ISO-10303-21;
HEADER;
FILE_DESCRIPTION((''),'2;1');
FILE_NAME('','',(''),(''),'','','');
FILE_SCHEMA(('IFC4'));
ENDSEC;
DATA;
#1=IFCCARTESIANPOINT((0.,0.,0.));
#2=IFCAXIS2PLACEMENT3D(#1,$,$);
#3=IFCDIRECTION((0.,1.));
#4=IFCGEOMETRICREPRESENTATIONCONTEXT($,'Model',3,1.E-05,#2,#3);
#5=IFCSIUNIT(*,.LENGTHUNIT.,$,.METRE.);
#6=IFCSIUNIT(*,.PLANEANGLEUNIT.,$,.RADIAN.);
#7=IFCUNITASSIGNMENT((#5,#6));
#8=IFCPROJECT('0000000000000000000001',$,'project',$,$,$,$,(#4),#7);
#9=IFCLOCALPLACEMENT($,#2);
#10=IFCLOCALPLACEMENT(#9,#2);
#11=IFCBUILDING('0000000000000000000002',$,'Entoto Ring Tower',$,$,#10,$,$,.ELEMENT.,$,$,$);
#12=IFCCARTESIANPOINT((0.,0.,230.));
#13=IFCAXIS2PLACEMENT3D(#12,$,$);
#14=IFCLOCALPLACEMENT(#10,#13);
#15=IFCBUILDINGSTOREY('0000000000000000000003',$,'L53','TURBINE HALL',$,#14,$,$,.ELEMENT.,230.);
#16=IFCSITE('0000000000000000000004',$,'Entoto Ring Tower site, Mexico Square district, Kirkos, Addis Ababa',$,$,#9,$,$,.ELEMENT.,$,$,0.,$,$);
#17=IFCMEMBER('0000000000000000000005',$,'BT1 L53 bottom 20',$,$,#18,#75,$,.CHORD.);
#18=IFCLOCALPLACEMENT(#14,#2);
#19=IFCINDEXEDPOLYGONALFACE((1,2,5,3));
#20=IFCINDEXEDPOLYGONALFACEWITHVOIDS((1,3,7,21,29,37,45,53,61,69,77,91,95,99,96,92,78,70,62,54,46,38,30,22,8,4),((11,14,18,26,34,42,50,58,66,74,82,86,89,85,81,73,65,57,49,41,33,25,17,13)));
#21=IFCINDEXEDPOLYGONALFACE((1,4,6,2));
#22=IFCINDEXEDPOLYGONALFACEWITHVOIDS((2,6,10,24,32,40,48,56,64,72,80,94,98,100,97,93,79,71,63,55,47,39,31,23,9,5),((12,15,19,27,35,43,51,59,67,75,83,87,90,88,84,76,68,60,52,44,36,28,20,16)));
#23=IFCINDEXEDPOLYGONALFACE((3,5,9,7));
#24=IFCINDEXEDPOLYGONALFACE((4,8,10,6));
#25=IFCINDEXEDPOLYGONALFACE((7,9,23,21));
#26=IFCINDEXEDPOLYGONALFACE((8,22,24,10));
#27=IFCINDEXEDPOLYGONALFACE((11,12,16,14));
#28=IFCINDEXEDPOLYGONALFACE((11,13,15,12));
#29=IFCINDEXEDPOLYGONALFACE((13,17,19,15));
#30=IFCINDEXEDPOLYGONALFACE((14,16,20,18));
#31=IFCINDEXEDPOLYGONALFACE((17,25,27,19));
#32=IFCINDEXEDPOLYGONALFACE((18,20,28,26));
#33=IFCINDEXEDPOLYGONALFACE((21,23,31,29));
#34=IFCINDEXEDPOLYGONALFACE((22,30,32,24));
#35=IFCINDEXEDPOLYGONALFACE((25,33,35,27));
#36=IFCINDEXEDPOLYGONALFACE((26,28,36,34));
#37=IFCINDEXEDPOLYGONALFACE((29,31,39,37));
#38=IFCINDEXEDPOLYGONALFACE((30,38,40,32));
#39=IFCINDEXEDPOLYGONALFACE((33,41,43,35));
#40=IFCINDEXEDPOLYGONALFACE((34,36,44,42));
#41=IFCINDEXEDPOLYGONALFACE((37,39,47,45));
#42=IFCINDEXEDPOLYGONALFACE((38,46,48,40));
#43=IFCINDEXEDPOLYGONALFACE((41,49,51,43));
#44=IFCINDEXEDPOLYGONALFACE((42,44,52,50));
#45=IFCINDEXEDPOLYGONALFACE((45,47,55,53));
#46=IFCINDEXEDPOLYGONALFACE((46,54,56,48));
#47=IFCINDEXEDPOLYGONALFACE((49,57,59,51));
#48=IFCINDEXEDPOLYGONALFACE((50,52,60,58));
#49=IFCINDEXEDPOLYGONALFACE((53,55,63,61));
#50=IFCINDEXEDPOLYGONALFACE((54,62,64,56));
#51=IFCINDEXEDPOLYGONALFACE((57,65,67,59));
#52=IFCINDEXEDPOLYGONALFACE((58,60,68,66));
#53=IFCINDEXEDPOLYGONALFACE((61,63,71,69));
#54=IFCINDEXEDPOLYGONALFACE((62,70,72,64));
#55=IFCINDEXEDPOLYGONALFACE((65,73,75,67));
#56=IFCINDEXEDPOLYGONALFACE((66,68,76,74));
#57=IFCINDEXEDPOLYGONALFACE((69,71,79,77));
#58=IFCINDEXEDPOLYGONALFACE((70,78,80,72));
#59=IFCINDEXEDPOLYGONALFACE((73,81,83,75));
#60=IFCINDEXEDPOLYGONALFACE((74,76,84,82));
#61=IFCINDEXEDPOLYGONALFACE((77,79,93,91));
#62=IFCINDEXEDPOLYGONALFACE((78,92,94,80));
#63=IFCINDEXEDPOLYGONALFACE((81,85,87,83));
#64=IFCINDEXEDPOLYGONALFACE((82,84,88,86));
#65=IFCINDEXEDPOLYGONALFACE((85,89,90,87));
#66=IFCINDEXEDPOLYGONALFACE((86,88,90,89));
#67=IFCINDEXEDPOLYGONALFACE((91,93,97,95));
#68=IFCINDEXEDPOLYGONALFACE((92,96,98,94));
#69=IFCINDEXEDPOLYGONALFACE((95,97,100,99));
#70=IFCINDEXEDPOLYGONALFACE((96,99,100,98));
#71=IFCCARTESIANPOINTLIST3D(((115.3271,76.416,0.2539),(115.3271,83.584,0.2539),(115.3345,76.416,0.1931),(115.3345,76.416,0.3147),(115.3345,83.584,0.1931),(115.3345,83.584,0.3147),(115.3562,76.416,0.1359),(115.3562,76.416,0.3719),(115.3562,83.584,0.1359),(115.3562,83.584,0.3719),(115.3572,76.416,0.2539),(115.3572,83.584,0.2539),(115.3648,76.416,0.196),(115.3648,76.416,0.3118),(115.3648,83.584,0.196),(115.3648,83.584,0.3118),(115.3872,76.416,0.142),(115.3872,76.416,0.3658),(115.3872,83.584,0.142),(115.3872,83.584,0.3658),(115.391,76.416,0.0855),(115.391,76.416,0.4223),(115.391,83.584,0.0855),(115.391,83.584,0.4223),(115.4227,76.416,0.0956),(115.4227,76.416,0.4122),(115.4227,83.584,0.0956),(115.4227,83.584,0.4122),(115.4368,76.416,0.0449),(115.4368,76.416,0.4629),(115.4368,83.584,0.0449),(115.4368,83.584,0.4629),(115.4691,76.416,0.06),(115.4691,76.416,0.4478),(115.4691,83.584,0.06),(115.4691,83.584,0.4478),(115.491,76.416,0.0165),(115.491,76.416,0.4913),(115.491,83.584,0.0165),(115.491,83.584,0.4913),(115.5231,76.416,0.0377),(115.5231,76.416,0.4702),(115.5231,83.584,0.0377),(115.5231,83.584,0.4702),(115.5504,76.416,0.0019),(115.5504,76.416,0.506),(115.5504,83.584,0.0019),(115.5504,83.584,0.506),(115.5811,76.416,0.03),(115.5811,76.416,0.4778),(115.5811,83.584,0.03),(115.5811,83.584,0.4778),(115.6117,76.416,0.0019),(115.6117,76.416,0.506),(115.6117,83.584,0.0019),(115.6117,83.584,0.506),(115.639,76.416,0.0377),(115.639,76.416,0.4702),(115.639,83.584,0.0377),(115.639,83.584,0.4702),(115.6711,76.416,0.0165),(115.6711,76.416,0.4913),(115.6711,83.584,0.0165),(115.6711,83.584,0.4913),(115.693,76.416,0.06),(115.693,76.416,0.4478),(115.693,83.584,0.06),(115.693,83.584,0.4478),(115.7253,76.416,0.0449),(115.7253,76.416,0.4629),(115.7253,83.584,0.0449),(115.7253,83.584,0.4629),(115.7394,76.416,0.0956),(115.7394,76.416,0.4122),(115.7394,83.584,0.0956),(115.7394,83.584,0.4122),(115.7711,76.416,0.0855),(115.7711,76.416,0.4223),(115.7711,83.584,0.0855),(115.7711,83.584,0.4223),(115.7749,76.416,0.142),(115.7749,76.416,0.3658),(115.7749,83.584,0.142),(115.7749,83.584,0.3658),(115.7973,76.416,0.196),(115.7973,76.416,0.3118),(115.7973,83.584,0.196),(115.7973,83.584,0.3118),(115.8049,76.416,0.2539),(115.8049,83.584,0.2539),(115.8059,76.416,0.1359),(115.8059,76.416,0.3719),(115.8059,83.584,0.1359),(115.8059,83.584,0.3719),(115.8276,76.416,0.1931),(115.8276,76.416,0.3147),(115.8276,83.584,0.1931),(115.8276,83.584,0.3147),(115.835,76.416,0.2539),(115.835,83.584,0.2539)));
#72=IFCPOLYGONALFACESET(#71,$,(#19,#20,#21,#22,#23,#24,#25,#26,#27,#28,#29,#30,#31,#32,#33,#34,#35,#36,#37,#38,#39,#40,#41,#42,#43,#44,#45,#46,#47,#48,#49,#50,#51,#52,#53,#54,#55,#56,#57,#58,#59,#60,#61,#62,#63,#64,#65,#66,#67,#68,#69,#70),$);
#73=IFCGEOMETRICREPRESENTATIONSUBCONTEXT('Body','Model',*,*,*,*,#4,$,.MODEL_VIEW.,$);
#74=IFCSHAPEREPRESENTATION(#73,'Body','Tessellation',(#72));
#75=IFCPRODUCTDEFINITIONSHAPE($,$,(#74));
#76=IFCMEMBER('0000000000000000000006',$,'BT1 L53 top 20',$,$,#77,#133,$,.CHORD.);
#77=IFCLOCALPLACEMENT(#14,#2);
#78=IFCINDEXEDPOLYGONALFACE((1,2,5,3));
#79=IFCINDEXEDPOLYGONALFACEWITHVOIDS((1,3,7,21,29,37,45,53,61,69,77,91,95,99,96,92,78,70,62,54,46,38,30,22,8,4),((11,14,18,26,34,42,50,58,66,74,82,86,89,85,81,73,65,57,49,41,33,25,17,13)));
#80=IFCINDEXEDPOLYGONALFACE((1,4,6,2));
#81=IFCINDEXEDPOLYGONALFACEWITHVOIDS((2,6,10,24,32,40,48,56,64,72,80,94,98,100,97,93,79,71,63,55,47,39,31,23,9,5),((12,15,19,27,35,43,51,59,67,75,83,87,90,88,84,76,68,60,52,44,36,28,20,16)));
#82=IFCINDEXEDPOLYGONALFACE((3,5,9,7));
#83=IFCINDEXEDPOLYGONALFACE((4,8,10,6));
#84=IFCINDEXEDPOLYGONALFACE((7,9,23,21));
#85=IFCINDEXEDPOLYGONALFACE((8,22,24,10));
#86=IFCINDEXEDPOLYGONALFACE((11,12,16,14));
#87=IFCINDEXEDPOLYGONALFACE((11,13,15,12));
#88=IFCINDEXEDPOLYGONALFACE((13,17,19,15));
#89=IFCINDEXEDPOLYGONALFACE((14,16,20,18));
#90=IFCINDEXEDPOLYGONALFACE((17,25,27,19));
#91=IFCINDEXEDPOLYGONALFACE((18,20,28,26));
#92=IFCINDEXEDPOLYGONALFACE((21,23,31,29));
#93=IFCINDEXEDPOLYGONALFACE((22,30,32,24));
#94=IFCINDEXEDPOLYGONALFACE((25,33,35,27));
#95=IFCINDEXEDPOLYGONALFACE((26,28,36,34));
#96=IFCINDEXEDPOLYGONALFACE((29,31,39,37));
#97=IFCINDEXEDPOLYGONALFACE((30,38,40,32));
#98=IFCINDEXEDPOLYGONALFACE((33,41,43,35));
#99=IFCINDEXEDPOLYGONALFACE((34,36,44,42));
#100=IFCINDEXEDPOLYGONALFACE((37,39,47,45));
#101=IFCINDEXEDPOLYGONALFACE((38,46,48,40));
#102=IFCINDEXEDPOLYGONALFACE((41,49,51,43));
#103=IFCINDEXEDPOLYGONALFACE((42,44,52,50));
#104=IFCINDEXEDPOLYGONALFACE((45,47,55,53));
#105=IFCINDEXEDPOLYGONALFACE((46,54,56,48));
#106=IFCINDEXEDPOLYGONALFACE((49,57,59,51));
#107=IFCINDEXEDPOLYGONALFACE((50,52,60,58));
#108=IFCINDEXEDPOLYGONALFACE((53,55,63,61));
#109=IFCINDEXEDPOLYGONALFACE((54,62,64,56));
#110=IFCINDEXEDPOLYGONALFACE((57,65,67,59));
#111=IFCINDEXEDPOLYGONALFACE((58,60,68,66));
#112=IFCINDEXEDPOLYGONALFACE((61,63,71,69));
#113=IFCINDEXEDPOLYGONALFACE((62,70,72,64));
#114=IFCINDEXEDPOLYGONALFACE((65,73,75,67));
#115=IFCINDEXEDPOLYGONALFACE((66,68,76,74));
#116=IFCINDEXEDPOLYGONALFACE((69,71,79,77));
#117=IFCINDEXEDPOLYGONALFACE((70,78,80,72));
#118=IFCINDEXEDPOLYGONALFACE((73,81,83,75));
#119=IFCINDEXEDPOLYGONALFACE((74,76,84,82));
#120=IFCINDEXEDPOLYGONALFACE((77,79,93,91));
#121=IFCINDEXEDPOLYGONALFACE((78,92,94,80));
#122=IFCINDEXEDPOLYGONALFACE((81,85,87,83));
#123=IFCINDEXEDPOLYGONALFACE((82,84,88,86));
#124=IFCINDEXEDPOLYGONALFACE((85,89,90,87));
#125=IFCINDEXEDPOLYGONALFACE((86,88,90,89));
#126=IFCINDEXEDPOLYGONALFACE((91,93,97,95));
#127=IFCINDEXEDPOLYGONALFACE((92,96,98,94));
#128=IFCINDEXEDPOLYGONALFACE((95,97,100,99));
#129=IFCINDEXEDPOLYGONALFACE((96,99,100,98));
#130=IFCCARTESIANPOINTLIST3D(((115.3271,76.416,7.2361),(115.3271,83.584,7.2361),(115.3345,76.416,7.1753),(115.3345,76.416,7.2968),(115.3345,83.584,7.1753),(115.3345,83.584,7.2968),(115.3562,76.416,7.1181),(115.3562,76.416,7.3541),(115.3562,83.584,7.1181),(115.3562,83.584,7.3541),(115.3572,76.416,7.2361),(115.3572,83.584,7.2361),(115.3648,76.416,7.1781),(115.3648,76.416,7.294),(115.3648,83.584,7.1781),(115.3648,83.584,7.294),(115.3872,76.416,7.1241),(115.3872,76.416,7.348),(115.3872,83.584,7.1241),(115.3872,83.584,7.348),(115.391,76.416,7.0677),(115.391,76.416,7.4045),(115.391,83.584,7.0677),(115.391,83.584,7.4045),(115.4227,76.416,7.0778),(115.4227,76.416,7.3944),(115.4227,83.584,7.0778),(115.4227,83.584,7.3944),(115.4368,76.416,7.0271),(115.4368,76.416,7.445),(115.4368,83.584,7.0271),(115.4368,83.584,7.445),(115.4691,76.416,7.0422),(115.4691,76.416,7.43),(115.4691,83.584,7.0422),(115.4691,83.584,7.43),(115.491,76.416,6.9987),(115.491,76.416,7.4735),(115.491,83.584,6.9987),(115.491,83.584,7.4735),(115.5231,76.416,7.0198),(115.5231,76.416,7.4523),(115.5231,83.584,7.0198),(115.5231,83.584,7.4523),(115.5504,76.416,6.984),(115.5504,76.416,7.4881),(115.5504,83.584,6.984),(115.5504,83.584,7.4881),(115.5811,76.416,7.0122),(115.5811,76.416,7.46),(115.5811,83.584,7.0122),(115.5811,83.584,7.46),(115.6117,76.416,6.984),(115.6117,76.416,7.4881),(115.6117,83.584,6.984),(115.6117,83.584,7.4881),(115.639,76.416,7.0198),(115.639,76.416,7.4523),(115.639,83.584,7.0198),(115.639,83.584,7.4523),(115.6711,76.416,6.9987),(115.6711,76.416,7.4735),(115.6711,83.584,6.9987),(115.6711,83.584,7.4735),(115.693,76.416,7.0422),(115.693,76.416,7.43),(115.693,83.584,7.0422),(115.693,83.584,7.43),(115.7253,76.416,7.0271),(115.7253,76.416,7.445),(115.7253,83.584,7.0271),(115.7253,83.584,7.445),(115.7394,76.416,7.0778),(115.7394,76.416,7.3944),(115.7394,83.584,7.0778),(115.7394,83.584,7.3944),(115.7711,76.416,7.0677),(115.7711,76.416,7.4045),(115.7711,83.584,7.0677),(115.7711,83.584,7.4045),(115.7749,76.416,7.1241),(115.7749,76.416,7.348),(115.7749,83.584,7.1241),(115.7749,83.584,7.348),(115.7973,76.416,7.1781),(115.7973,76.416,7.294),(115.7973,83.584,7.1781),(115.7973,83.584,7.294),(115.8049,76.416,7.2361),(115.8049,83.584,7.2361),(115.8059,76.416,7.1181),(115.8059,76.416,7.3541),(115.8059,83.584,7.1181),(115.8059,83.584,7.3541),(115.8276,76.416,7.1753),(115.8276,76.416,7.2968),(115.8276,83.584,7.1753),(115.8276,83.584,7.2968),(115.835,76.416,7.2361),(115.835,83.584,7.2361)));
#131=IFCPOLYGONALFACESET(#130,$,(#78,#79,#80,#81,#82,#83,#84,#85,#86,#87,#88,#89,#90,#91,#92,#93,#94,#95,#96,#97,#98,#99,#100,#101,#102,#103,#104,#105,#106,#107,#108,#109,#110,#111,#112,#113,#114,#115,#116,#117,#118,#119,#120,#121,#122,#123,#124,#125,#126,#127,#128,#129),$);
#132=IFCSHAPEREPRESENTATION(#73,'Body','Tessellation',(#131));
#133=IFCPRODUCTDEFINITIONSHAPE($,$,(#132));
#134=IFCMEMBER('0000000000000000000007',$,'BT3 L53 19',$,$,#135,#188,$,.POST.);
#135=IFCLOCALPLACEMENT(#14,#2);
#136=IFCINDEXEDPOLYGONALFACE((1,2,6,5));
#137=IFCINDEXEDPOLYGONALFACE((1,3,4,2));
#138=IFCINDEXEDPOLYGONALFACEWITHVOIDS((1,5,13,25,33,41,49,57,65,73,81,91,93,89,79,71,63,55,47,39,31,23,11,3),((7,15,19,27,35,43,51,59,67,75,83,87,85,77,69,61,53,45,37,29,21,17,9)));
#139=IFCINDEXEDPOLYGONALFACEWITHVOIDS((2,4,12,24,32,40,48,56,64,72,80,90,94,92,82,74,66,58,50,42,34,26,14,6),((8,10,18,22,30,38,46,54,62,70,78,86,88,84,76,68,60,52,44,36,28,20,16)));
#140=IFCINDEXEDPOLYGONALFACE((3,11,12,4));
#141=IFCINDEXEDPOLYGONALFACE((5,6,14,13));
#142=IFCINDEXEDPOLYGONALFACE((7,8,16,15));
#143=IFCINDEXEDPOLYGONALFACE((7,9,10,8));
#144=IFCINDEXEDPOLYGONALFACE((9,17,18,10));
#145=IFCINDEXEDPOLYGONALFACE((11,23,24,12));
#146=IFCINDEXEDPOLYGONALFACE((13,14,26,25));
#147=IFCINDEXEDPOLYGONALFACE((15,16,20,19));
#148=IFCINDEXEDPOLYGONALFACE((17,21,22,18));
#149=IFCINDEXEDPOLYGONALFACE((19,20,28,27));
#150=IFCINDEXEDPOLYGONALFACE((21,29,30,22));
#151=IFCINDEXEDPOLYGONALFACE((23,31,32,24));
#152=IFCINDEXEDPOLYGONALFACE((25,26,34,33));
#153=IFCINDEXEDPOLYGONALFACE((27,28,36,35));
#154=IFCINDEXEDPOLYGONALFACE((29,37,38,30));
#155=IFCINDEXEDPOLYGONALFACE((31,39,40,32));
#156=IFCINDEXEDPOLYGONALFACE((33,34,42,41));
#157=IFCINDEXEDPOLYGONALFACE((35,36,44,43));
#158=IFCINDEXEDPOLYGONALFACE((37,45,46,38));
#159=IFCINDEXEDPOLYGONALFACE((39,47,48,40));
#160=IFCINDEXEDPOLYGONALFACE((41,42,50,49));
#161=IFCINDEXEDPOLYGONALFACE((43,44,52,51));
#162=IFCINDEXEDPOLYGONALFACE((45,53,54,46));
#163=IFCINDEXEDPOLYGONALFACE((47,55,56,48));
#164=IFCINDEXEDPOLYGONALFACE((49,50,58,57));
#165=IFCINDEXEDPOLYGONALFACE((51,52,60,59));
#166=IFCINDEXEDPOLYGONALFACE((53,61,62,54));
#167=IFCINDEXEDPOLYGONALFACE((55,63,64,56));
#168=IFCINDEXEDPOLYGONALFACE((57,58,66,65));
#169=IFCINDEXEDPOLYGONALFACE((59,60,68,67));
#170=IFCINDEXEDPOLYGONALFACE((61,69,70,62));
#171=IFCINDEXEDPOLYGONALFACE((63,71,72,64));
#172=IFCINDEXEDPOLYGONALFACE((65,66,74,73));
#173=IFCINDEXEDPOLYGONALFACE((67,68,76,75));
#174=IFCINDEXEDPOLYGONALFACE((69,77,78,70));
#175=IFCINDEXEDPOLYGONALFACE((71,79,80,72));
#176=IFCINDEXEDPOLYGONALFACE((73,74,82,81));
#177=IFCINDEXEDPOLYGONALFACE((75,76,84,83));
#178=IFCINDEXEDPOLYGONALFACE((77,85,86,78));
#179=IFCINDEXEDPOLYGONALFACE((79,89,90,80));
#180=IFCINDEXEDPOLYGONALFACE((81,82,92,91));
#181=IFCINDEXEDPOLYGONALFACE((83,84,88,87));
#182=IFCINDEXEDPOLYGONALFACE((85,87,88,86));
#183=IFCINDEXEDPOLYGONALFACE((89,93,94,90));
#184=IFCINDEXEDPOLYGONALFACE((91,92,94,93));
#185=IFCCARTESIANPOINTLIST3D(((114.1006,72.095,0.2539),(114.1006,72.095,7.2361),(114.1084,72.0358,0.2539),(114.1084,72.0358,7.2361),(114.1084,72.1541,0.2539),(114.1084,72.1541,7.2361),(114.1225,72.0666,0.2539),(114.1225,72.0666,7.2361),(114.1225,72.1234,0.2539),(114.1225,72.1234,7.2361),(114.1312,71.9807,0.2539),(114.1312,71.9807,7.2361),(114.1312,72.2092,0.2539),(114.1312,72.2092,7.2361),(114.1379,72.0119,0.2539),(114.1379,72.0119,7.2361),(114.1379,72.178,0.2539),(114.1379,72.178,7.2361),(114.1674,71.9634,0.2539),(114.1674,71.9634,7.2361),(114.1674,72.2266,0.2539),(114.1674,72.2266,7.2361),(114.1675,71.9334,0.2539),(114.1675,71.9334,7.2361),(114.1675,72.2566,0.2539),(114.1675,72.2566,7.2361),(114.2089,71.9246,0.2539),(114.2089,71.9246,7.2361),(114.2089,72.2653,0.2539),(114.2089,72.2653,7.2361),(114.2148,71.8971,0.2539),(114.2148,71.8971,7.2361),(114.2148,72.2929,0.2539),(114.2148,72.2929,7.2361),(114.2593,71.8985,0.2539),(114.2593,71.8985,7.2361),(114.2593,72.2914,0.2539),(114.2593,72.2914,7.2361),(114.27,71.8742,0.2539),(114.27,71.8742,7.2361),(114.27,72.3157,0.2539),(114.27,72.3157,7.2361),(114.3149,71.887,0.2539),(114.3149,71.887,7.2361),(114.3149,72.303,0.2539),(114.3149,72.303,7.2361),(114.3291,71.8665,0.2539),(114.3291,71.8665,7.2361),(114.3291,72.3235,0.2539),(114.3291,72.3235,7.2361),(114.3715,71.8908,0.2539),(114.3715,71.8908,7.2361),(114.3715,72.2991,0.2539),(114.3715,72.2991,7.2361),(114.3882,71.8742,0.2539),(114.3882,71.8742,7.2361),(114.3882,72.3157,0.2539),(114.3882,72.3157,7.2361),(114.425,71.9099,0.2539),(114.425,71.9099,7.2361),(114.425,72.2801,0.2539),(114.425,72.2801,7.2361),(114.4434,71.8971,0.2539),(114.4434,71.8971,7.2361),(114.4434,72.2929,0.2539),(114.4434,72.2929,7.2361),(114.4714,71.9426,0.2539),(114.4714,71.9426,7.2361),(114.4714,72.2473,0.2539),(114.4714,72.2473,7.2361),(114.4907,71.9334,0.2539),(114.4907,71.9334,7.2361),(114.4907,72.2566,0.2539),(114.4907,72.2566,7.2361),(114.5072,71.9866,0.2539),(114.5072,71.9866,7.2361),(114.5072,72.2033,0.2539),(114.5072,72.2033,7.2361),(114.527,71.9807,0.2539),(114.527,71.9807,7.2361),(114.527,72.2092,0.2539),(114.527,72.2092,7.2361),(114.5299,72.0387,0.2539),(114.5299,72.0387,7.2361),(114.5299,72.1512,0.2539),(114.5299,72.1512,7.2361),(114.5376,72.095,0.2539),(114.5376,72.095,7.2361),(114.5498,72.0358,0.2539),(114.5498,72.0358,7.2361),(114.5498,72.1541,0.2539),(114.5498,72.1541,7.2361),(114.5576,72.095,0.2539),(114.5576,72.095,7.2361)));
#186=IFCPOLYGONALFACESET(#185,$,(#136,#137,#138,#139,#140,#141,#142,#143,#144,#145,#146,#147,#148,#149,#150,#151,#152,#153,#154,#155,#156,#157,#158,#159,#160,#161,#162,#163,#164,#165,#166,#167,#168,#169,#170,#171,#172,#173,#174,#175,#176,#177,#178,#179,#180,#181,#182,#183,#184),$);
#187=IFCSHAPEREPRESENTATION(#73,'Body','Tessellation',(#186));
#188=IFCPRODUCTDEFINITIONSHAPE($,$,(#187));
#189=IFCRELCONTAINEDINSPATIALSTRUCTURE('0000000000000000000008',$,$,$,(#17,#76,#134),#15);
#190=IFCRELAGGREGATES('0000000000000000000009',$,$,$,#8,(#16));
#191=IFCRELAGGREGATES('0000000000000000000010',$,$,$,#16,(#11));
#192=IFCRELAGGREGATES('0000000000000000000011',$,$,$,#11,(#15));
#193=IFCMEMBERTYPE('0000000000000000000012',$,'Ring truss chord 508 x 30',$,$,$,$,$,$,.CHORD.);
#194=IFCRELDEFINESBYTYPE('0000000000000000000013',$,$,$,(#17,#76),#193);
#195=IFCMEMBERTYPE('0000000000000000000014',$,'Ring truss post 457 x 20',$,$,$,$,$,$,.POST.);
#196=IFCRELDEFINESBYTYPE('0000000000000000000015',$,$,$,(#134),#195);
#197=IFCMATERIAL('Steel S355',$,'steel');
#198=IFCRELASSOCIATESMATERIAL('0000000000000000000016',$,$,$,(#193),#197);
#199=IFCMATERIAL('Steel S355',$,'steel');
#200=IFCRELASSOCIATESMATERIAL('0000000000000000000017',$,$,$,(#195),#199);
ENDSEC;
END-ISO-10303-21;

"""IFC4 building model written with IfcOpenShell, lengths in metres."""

from ifc_helpers import new_model, si_unit, direction, frame, origin, origin_2d, place, context, subcontext, project, spatial, circle, hollow_circle, extrude, material, material_profile, profile_set, type_object, element, save


model = new_model("IFC4")

# Units and contexts
model_context = context("Model", 3, precision=1e-05, world=origin(), true_north=direction((0.0, 1.0)))
body_context = subcontext(model_context, "Body", "Model", "MODEL_VIEW")
ifc_project = project(units=[si_unit("LENGTHUNIT", "METRE"), si_unit("PLANEANGLEUNIT", "RADIAN")], contexts=[model_context])

# Site, building, storey
site_placement = place(None, origin())
site = spatial("IfcSite", under=ifc_project, at=site_placement, Name="Entoto Ring Tower site, Mexico Square district, Kirkos, Addis Ababa", CompositionType="ELEMENT", RefElevation=0.0)
building_placement = place(site_placement, origin())
building = spatial("IfcBuilding", under=site, at=building_placement, Name="Entoto Ring Tower", CompositionType="ELEMENT")
storey_placement = place(building_placement, frame((0.0, 0.0, 230.0)))
storey = spatial("IfcBuildingStorey", under=building, at=storey_placement, Name="L53", Description="TURBINE HALL", CompositionType="ELEMENT", Elevation=230.0)

# Members
ifc_material_1 = material(Name="Steel S355", Category="steel")
ifc_material_profile_1 = material_profile(ifc_material_1, hollow_circle(Radius=0.2539, WallThickness=0.03, at=origin_2d()), Name="CHS 508 x 30")
ifc_material_2 = material(Name="Concrete C60/75", Category="concrete")
ifc_material_profile_2 = material_profile(ifc_material_2, circle(Radius=0.2241, at=origin_2d()), Name="Concrete C60/75 infill")
ifc_profile_set_1 = profile_set([ifc_material_profile_1, ifc_material_profile_2], Name="Steel S355")
member_type_1 = type_object("IfcMemberType", Name="Ring truss chord 508 x 30", PredefinedType="CHORD", material=ifc_profile_set_1)
for number, where, z_axis, x_axis, name in (
    (1, (115.5811, 76.416, 0.2539), (0.0, 1.0, 0.0), (-1.0, 0.0, 0.0), "BT1 L53 bottom 20"),
    (2, (115.5811, 76.416, 7.2361), (0.0, 1.0, 0.0), (-1.0, 0.0, 0.0), "BT1 L53 top 20"),
):
    element("IfcMember", number, at=place(storey_placement, frame(where, z_axis=z_axis, x_axis=x_axis)), inside=storey, type_object=member_type_1, Name=name, PredefinedType="CHORD", context=body_context, shape_type="SweptSolid", body=[
        extrude(hollow_circle(Radius=0.2539, WallThickness=0.03, at=origin_2d()), origin(), (0.0, 0.0, 1.0), 7.168),
    ])
ifc_material_3 = material(Name="Steel S355", Category="steel")
ifc_material_profile_3 = material_profile(ifc_material_3, hollow_circle(Radius=0.2285, WallThickness=0.02, at=origin_2d()), Name="CHS 457 x 20")
ifc_material_4 = material(Name="Concrete C60/75", Category="concrete")
ifc_material_profile_4 = material_profile(ifc_material_4, circle(Radius=0.2085, at=origin_2d()), Name="Concrete C60/75 infill")
ifc_profile_set_2 = profile_set([ifc_material_profile_3, ifc_material_profile_4], Name="Steel S355")
member_type_2 = type_object("IfcMemberType", Name="Ring truss post 457 x 20", PredefinedType="POST", material=ifc_profile_set_2)
member_1_placement = place(storey_placement, frame((114.3291, 72.095, 0.2539), z_axis=(0.0, 0.0, 1.0), x_axis=(1.0, 0.0, 0.0)))
element("IfcMember", 3, at=member_1_placement, inside=storey, type_object=member_type_2, Name="BT3 L53 19", PredefinedType="POST", context=body_context, shape_type="SweptSolid", body=[
    extrude(hollow_circle(Radius=0.2285, WallThickness=0.02, at=origin_2d()), origin(), (0.0, 0.0, 1.0), 6.9822),
])

save(model, "model.ifc")
